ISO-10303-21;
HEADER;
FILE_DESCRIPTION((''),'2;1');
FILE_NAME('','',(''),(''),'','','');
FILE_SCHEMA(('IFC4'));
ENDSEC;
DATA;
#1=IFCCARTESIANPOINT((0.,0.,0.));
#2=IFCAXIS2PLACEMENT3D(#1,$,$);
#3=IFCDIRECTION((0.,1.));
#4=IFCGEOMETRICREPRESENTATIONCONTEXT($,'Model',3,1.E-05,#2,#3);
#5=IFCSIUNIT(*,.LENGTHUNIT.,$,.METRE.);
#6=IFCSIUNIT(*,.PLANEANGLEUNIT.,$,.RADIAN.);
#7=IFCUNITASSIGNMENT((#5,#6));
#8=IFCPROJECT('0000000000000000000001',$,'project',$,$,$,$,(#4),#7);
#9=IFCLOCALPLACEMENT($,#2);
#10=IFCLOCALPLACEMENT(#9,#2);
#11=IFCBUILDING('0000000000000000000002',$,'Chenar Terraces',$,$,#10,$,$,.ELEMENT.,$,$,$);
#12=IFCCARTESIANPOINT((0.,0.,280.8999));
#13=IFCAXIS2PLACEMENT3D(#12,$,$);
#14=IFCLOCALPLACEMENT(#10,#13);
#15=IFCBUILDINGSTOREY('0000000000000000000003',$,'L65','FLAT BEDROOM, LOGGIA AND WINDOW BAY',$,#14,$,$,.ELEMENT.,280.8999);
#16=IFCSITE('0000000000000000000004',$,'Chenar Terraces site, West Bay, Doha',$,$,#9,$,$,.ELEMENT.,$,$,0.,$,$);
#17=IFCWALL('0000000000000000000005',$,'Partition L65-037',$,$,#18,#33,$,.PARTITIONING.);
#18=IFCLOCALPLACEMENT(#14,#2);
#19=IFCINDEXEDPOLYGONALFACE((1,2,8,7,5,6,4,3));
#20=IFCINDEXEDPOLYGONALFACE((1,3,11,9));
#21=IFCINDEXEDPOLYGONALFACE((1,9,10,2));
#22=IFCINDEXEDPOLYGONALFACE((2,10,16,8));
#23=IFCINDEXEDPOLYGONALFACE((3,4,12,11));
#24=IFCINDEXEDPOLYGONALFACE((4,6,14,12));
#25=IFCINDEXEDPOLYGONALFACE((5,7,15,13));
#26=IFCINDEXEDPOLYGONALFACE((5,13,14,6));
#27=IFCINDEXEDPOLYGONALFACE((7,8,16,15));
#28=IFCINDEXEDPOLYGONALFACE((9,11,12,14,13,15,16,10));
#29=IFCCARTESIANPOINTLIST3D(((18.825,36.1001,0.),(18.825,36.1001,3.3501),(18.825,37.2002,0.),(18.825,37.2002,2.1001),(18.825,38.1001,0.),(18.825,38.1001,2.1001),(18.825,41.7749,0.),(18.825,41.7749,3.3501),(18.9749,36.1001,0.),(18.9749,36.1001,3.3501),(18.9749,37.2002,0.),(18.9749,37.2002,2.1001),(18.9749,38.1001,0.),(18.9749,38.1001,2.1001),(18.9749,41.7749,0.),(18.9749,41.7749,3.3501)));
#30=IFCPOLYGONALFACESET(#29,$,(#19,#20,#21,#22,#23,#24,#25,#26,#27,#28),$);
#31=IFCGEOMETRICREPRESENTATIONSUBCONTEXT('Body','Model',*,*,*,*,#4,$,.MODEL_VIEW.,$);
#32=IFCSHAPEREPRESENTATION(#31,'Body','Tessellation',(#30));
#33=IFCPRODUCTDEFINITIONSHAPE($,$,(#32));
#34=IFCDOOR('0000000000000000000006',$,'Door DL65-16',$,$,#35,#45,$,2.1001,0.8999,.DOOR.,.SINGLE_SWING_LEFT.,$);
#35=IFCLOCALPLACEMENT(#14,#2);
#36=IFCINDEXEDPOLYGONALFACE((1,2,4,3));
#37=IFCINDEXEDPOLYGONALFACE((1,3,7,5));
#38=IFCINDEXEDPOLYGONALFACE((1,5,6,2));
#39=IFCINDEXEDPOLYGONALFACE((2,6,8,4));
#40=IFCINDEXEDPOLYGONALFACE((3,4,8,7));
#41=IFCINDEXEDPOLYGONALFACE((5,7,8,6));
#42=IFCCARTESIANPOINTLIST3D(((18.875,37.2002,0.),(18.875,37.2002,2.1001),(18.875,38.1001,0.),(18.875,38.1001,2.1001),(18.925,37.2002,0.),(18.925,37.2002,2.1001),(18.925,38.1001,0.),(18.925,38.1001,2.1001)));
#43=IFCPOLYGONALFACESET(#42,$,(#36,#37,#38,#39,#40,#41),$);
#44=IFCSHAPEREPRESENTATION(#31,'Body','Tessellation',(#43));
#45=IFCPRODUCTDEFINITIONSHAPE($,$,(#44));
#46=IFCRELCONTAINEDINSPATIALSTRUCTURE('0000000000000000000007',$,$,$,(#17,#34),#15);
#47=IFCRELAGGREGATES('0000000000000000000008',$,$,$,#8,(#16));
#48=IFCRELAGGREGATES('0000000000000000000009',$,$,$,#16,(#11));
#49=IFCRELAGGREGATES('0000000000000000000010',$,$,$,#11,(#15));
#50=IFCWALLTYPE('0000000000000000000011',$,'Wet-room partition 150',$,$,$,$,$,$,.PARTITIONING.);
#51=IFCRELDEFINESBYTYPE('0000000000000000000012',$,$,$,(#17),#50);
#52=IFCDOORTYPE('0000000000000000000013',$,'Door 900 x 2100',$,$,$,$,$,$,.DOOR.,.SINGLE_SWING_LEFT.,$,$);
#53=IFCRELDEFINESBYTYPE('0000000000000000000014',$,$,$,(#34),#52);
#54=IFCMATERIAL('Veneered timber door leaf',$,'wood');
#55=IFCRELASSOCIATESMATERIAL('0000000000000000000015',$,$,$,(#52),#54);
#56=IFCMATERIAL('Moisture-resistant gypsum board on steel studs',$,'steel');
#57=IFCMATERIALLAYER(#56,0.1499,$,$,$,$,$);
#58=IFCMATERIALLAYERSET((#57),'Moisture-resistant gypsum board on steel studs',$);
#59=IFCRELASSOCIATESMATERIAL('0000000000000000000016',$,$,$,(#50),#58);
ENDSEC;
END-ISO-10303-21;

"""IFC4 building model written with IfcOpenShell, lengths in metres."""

from ifc_helpers import new_model, si_unit, direction, frame, frame_2d, origin, place, context, subcontext, project, spatial, rectangle, extrude, material, layer, layer_set, type_object, element, fill, save


model = new_model("IFC4")

# Units and contexts
model_context = context("Model", 3, precision=1e-05, world=origin(), true_north=direction((0.0, 1.0)))
body_context = subcontext(model_context, "Body", "Model", "MODEL_VIEW")
ifc_project = project(units=[si_unit("LENGTHUNIT", "METRE"), si_unit("PLANEANGLEUNIT", "RADIAN")], contexts=[model_context])

# Site, building, storey
site_placement = place(None, origin())
site = spatial("IfcSite", under=ifc_project, at=site_placement, Name="Chenar Terraces site, West Bay, Doha", CompositionType="ELEMENT", RefElevation=0.0)
building_placement = place(site_placement, origin())
building = spatial("IfcBuilding", under=site, at=building_placement, Name="Chenar Terraces", CompositionType="ELEMENT")
storey_placement = place(building_placement, frame((0.0, 0.0, 280.8999)))
storey = spatial("IfcBuildingStorey", under=building, at=storey_placement, Name="L65", Description="FLAT BEDROOM, LOGGIA AND WINDOW BAY", CompositionType="ELEMENT", Elevation=280.8999)

# Shared definitions
ifc_material_1 = material(Name="Veneered timber door leaf", Category="wood")
door_type_1 = type_object("IfcDoorType", Name="Door 900 x 2100", OperationType="SINGLE_SWING_LEFT", PredefinedType="DOOR", material=ifc_material_1)

# Shared definitions
ifc_material_2 = material(Name="Moisture-resistant gypsum board on steel studs", Category="steel")
ifc_layer_1 = layer(ifc_material_2, 0.1499)
ifc_layer_set_1 = layer_set([ifc_layer_1], Name="Moisture-resistant gypsum board on steel studs")
wall_type_1 = type_object("IfcWallType", Name="Wet-room partition 150", PredefinedType="PARTITIONING", material=ifc_layer_set_1)

# Wall, opening, door
wall_1_placement = place(storey_placement, frame((18.8999, 36.1001, 0.0), z_axis=(0.0, 0.0, 1.0), x_axis=(0.0, 1.0, 0.0)))
wall_1 = element("IfcWall", 1, at=wall_1_placement, inside=storey, type_object=wall_type_1, Name="Partition L65-037", PredefinedType="PARTITIONING", context=body_context, shape_type="SweptSolid", body=[
    extrude(rectangle(XDim=5.6748, YDim=0.1499, at=frame_2d((2.8374, 0.0))), origin(), (0.0, 0.0, 1.0), 3.3501),
])
opening_1_placement = place(wall_1_placement, frame((1.1001, 0.0, 0.0)))
opening_1 = element("IfcOpeningElement", 2, at=opening_1_placement, cuts=wall_1, PredefinedType="OPENING", context=body_context, shape_type="SweptSolid", body=[
    extrude(rectangle(XDim=0.8999, YDim=2.1001, at=frame_2d((0.45, 1.05))), frame((0.0, 0.085, 0.0), z_axis=(0.0, -1.0, 0.0), x_axis=(1.0, 0.0, 0.0)), (0.0, 0.0, 1.0), 0.1699),
])
door_1_placement = place(opening_1_placement, origin())
door_1 = element("IfcDoor", 3, at=door_1_placement, inside=storey, type_object=door_type_1, Name="Door DL65-16", OperationType="SINGLE_SWING_LEFT", OverallHeight=2.1001, OverallWidth=0.8999, PredefinedType="DOOR", context=body_context, shape_type="SweptSolid", body=[
    extrude(rectangle(XDim=0.8999, YDim=2.1001, at=frame_2d((0.45, 1.05))), frame((0.0, 0.0249, 0.0), z_axis=(0.0, -1.0, 0.0), x_axis=(1.0, 0.0, 0.0)), (0.0, 0.0, 1.0), 0.05),
])
fill(opening_1, door_1)

save(model, "model.ifc")
